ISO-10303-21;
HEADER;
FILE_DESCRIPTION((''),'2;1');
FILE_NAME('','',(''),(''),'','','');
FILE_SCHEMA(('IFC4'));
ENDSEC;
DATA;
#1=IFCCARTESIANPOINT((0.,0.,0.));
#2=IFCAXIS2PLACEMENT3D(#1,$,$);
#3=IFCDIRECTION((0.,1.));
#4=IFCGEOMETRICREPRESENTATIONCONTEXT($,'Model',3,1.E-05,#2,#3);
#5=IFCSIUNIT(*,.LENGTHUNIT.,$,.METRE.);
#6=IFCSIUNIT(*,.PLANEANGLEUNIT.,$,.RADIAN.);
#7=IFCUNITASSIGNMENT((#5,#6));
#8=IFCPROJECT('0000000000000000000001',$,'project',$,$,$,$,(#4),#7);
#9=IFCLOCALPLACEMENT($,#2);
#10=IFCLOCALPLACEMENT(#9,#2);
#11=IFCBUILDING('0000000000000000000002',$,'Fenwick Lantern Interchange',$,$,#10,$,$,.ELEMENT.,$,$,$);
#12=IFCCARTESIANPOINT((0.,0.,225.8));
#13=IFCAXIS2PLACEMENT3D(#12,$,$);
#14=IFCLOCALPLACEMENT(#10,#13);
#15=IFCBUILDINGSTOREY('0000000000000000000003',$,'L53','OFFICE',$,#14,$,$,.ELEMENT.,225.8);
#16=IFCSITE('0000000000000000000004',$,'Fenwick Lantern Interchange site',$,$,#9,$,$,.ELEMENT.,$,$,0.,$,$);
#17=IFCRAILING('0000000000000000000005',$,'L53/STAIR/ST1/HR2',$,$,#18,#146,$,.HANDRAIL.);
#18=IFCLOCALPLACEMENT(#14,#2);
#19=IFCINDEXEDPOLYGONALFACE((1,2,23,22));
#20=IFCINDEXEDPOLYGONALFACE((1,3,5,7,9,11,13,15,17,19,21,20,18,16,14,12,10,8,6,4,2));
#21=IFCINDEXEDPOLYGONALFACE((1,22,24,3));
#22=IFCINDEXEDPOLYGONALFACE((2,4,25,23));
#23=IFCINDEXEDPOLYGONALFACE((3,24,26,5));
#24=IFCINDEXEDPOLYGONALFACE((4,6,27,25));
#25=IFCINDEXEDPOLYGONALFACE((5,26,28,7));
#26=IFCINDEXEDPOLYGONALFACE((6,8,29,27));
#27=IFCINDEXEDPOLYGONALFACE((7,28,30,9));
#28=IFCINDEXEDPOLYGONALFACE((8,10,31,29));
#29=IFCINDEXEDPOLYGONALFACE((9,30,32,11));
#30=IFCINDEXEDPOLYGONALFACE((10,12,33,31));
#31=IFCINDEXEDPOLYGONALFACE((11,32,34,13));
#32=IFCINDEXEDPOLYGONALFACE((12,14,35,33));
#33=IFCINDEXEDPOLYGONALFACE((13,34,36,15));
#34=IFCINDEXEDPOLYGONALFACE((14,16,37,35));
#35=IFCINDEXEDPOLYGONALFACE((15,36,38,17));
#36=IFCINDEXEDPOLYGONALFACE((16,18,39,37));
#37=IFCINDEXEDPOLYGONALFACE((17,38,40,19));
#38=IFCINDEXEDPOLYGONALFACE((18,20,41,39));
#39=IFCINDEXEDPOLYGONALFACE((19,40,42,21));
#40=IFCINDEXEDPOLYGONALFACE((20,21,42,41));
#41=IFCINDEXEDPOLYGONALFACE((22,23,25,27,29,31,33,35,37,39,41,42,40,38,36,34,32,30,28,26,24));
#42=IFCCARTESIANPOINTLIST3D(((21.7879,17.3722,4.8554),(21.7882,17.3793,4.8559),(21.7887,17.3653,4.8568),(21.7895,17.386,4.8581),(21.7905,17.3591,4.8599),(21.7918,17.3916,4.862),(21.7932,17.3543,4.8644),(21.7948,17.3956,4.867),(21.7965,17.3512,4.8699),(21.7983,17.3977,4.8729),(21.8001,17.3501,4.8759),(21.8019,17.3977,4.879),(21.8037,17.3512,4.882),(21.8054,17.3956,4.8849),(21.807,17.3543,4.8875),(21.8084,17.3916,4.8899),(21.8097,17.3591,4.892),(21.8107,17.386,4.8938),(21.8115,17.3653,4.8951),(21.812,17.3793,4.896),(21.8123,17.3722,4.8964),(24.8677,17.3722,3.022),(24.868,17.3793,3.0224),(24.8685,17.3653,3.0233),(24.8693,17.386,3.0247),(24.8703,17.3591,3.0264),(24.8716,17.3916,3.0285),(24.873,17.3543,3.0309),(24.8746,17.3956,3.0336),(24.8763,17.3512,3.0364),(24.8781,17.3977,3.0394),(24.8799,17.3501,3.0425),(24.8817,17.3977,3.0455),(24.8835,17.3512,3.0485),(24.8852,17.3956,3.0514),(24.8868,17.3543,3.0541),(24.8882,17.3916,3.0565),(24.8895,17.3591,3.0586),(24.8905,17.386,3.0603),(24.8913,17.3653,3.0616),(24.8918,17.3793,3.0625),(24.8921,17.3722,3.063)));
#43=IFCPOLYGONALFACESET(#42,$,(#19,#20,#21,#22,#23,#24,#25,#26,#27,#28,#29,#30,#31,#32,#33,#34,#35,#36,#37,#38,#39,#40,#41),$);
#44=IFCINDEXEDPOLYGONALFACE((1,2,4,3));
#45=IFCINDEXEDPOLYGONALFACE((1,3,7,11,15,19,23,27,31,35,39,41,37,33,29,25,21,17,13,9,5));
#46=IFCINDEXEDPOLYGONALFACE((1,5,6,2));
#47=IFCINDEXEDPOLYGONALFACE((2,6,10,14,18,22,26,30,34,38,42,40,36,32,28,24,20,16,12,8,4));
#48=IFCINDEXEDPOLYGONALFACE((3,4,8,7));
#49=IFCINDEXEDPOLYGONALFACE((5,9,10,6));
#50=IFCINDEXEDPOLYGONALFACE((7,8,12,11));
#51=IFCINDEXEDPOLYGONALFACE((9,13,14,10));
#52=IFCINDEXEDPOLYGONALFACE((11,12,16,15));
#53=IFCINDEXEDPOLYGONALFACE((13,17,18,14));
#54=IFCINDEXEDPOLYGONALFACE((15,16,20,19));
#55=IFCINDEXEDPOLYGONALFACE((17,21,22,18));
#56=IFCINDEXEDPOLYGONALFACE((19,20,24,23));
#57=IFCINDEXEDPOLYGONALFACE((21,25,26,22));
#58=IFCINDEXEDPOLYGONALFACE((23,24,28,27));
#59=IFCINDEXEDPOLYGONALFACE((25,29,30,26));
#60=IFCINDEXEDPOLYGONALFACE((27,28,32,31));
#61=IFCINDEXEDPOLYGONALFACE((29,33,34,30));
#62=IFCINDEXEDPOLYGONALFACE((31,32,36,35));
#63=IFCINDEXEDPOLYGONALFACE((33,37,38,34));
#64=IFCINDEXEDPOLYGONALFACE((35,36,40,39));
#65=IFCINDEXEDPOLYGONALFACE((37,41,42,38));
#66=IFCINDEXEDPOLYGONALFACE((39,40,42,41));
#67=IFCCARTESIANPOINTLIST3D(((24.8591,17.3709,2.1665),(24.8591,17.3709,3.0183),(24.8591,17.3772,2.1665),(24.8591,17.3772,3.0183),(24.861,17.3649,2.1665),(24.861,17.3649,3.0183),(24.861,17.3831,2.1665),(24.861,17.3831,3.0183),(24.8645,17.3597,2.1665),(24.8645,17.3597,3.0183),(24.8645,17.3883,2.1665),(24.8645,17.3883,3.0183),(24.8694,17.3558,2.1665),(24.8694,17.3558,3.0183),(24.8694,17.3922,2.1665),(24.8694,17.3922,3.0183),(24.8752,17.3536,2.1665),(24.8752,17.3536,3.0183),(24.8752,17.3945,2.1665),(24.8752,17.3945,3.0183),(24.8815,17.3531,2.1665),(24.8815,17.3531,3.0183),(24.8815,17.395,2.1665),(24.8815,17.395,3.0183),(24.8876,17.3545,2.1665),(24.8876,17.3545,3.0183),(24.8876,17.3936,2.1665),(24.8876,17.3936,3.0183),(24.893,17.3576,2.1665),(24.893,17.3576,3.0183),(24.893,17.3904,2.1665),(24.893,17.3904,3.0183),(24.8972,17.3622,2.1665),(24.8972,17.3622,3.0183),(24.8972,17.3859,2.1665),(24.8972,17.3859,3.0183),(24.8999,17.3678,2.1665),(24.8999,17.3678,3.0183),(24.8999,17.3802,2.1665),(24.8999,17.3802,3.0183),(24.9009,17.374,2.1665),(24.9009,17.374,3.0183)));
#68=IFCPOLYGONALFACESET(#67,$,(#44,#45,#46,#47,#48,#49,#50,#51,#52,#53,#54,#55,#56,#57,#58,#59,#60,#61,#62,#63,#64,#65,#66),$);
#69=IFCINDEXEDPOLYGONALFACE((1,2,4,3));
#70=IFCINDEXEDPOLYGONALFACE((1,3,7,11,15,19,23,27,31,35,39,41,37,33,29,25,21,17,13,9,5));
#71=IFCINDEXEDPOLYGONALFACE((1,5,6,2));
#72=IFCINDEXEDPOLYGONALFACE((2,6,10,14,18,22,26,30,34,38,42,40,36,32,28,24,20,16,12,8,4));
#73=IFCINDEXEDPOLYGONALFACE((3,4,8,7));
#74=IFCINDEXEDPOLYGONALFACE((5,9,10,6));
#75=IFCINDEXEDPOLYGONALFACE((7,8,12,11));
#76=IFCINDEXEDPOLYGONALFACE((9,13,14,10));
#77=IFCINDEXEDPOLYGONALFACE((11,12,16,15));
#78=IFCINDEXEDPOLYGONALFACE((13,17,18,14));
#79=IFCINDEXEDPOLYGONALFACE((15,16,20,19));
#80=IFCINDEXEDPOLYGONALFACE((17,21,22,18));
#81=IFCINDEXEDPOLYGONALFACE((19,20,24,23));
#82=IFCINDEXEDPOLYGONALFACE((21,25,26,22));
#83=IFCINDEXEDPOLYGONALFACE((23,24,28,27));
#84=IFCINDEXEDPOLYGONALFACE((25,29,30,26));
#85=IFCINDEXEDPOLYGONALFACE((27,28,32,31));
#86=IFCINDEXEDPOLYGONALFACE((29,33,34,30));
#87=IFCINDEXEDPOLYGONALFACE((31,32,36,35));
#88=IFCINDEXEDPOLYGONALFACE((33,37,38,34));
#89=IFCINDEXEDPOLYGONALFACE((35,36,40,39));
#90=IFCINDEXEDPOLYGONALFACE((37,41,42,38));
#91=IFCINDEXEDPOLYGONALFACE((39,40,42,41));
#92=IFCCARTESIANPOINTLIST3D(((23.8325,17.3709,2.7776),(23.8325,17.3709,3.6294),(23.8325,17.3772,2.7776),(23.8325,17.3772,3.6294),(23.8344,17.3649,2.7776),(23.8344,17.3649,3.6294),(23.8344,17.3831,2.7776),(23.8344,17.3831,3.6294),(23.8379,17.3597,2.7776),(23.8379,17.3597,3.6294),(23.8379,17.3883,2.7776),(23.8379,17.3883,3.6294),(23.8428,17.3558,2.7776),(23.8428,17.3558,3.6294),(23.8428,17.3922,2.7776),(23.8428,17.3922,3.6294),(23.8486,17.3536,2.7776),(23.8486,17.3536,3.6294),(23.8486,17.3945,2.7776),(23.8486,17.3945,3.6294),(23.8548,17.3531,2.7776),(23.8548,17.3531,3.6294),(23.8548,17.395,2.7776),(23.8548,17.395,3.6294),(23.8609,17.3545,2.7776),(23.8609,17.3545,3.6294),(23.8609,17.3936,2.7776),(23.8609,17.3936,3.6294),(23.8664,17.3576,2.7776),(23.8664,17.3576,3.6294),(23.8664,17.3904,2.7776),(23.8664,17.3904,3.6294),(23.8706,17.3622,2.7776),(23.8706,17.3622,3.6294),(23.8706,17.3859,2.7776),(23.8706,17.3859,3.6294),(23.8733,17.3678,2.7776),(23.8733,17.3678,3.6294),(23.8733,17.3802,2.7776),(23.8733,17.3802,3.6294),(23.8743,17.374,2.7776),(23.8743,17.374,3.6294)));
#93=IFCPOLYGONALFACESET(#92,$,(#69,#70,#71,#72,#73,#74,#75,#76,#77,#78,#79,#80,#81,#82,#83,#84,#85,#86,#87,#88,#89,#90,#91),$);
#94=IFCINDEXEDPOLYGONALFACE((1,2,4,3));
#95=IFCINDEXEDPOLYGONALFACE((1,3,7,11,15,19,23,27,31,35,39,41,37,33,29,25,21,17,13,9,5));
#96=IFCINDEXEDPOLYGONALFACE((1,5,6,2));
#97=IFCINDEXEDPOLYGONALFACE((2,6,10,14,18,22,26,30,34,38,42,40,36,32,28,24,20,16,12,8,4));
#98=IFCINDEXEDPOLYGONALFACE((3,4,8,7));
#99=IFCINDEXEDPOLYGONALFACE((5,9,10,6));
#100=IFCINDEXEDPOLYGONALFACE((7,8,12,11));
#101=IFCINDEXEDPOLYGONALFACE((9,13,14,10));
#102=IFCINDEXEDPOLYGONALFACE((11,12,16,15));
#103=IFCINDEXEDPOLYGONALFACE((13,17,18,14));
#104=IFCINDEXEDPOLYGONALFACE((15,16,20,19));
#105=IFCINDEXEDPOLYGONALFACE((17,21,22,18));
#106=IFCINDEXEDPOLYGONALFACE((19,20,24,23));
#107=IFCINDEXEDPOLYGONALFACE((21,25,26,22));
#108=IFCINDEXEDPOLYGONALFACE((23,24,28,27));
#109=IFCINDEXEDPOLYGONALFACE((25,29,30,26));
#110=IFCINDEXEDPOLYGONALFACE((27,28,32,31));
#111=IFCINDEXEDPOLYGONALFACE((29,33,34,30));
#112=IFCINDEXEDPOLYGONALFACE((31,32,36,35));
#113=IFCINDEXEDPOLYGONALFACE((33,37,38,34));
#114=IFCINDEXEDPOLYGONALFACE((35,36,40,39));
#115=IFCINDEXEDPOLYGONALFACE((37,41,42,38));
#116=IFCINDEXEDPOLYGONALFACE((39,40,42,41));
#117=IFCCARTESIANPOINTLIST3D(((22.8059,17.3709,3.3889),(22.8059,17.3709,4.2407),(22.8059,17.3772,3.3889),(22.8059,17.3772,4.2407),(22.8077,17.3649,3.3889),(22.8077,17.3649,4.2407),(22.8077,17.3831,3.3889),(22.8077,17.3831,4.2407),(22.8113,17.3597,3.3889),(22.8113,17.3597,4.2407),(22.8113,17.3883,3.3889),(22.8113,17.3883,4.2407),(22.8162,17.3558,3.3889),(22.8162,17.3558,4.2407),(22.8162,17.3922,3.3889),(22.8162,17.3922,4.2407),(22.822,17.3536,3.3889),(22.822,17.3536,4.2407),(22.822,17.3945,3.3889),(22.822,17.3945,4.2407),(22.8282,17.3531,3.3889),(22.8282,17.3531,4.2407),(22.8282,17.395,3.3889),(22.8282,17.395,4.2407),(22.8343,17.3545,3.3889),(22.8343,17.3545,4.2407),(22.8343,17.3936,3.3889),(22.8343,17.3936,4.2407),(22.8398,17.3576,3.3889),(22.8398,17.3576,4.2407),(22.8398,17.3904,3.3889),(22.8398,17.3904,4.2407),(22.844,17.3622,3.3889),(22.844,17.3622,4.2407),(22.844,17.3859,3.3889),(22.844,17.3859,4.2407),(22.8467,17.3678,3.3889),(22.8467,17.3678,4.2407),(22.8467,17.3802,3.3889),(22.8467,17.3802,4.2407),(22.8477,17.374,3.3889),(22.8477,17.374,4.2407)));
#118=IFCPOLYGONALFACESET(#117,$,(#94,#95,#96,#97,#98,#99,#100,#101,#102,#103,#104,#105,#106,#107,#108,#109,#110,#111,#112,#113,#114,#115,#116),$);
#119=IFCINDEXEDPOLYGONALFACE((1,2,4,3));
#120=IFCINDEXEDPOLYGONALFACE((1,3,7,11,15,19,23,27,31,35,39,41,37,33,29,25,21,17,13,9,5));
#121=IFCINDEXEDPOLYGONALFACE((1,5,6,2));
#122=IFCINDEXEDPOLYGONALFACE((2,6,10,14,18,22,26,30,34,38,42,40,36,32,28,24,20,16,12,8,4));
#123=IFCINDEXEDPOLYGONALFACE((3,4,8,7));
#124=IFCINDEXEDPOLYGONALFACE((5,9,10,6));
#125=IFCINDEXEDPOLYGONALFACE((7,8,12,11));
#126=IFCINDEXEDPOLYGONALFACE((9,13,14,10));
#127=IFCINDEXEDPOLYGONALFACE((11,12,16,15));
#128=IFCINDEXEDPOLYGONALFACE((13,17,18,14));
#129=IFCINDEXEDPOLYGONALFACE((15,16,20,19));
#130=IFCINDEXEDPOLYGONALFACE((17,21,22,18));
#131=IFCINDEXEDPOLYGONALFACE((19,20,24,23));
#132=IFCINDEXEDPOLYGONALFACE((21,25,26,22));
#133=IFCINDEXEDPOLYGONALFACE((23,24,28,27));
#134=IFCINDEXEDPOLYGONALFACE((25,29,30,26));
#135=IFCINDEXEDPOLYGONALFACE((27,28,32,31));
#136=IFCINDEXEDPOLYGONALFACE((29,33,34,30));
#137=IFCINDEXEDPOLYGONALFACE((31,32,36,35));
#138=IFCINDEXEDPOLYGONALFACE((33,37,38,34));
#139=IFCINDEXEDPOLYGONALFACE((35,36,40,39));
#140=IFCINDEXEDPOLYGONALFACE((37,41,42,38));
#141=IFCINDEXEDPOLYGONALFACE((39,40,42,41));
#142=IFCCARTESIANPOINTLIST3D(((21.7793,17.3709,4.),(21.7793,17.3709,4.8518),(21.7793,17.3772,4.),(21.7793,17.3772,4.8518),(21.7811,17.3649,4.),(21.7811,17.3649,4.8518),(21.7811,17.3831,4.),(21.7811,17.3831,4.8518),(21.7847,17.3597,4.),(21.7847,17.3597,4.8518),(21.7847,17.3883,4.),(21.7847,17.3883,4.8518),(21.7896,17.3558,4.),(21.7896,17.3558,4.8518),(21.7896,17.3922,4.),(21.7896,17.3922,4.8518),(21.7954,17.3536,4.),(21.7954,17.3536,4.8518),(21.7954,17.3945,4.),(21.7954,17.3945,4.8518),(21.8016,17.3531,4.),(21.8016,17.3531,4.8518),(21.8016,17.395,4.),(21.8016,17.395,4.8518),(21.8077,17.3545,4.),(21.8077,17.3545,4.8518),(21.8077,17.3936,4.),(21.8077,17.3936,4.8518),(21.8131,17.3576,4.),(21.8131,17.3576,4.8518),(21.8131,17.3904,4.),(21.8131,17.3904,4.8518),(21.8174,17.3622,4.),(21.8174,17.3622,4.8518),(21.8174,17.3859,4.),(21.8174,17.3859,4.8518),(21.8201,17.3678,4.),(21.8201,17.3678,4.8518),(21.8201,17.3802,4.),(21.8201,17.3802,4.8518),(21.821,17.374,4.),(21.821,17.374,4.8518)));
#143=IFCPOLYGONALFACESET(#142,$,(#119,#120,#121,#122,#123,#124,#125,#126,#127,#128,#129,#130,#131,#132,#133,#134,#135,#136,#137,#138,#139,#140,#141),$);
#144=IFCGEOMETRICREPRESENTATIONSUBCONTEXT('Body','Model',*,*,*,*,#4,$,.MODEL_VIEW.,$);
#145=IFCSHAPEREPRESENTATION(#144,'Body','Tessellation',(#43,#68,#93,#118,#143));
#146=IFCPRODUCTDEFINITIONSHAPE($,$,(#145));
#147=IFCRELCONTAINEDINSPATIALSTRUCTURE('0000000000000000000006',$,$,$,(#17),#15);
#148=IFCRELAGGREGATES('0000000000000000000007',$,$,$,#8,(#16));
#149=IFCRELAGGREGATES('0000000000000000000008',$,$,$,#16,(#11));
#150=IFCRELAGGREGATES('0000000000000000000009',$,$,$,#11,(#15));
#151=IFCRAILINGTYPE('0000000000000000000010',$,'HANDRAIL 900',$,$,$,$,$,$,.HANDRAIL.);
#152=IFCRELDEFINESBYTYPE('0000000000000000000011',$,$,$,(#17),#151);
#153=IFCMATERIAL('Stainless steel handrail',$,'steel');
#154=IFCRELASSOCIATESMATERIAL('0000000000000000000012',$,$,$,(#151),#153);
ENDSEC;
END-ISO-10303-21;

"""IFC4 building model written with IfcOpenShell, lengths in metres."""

from ifc_helpers import new_model, si_unit, direction, frame, origin, origin_2d, place, context, subcontext, project, spatial, circle, extrude, material, type_object, element, save


model = new_model("IFC4")

# Units and contexts
model_context = context("Model", 3, precision=1e-05, world=origin(), true_north=direction((0.0, 1.0)))
body_context = subcontext(model_context, "Body", "Model", "MODEL_VIEW")
ifc_project = project(units=[si_unit("LENGTHUNIT", "METRE"), si_unit("PLANEANGLEUNIT", "RADIAN")], contexts=[model_context])

# Site, building, storey
site_placement = place(None, origin())
site = spatial("IfcSite", under=ifc_project, at=site_placement, Name="Fenwick Lantern Interchange site", CompositionType="ELEMENT", RefElevation=0.0)
building_placement = place(site_placement, origin())
building = spatial("IfcBuilding", under=site, at=building_placement, Name="Fenwick Lantern Interchange", CompositionType="ELEMENT")
storey_placement = place(building_placement, frame((0.0, 0.0, 225.8)))
storey = spatial("IfcBuildingStorey", under=building, at=storey_placement, Name="L53", Description="OFFICE", CompositionType="ELEMENT", Elevation=225.8)

# Railing
ifc_material_1 = material(Name="Stainless steel handrail", Category="steel")
railing_type = type_object("IfcRailingType", Name="HANDRAIL 900", PredefinedType="HANDRAIL", material=ifc_material_1)
railing_1_placement = place(storey_placement, frame((24.8799, 17.374, 2.1665)))
element("IfcRailing", 1, at=railing_1_placement, inside=storey, type_object=railing_type, Name="L53/STAIR/ST1/HR2", PredefinedType="HANDRAIL", context=body_context, shape_type="SweptSolid", body=[
    extrude(circle(Radius=0.0239, at=origin_2d()), frame((0.0, 0.0, 0.876), z_axis=(-0.859261, 0.0, 0.511538), x_axis=(0.0, -1.0, 0.0)), (0.0, 0.0, 1.0), 3.5842),
    extrude(circle(Radius=0.021, at=origin_2d()), origin(), (0.0, 0.0, 1.0), 0.8518),
    extrude(circle(Radius=0.021, at=origin_2d()), frame((-1.0266, 0.0, 0.6111)), (0.0, 0.0, 1.0), 0.8518),
    extrude(circle(Radius=0.021, at=origin_2d()), frame((-2.0532, 0.0, 1.2224)), (0.0, 0.0, 1.0), 0.8518),
    extrude(circle(Radius=0.021, at=origin_2d()), frame((-3.0798, 0.0, 1.8335)), (0.0, 0.0, 1.0), 0.8518),
])

save(model, "model.ifc")
